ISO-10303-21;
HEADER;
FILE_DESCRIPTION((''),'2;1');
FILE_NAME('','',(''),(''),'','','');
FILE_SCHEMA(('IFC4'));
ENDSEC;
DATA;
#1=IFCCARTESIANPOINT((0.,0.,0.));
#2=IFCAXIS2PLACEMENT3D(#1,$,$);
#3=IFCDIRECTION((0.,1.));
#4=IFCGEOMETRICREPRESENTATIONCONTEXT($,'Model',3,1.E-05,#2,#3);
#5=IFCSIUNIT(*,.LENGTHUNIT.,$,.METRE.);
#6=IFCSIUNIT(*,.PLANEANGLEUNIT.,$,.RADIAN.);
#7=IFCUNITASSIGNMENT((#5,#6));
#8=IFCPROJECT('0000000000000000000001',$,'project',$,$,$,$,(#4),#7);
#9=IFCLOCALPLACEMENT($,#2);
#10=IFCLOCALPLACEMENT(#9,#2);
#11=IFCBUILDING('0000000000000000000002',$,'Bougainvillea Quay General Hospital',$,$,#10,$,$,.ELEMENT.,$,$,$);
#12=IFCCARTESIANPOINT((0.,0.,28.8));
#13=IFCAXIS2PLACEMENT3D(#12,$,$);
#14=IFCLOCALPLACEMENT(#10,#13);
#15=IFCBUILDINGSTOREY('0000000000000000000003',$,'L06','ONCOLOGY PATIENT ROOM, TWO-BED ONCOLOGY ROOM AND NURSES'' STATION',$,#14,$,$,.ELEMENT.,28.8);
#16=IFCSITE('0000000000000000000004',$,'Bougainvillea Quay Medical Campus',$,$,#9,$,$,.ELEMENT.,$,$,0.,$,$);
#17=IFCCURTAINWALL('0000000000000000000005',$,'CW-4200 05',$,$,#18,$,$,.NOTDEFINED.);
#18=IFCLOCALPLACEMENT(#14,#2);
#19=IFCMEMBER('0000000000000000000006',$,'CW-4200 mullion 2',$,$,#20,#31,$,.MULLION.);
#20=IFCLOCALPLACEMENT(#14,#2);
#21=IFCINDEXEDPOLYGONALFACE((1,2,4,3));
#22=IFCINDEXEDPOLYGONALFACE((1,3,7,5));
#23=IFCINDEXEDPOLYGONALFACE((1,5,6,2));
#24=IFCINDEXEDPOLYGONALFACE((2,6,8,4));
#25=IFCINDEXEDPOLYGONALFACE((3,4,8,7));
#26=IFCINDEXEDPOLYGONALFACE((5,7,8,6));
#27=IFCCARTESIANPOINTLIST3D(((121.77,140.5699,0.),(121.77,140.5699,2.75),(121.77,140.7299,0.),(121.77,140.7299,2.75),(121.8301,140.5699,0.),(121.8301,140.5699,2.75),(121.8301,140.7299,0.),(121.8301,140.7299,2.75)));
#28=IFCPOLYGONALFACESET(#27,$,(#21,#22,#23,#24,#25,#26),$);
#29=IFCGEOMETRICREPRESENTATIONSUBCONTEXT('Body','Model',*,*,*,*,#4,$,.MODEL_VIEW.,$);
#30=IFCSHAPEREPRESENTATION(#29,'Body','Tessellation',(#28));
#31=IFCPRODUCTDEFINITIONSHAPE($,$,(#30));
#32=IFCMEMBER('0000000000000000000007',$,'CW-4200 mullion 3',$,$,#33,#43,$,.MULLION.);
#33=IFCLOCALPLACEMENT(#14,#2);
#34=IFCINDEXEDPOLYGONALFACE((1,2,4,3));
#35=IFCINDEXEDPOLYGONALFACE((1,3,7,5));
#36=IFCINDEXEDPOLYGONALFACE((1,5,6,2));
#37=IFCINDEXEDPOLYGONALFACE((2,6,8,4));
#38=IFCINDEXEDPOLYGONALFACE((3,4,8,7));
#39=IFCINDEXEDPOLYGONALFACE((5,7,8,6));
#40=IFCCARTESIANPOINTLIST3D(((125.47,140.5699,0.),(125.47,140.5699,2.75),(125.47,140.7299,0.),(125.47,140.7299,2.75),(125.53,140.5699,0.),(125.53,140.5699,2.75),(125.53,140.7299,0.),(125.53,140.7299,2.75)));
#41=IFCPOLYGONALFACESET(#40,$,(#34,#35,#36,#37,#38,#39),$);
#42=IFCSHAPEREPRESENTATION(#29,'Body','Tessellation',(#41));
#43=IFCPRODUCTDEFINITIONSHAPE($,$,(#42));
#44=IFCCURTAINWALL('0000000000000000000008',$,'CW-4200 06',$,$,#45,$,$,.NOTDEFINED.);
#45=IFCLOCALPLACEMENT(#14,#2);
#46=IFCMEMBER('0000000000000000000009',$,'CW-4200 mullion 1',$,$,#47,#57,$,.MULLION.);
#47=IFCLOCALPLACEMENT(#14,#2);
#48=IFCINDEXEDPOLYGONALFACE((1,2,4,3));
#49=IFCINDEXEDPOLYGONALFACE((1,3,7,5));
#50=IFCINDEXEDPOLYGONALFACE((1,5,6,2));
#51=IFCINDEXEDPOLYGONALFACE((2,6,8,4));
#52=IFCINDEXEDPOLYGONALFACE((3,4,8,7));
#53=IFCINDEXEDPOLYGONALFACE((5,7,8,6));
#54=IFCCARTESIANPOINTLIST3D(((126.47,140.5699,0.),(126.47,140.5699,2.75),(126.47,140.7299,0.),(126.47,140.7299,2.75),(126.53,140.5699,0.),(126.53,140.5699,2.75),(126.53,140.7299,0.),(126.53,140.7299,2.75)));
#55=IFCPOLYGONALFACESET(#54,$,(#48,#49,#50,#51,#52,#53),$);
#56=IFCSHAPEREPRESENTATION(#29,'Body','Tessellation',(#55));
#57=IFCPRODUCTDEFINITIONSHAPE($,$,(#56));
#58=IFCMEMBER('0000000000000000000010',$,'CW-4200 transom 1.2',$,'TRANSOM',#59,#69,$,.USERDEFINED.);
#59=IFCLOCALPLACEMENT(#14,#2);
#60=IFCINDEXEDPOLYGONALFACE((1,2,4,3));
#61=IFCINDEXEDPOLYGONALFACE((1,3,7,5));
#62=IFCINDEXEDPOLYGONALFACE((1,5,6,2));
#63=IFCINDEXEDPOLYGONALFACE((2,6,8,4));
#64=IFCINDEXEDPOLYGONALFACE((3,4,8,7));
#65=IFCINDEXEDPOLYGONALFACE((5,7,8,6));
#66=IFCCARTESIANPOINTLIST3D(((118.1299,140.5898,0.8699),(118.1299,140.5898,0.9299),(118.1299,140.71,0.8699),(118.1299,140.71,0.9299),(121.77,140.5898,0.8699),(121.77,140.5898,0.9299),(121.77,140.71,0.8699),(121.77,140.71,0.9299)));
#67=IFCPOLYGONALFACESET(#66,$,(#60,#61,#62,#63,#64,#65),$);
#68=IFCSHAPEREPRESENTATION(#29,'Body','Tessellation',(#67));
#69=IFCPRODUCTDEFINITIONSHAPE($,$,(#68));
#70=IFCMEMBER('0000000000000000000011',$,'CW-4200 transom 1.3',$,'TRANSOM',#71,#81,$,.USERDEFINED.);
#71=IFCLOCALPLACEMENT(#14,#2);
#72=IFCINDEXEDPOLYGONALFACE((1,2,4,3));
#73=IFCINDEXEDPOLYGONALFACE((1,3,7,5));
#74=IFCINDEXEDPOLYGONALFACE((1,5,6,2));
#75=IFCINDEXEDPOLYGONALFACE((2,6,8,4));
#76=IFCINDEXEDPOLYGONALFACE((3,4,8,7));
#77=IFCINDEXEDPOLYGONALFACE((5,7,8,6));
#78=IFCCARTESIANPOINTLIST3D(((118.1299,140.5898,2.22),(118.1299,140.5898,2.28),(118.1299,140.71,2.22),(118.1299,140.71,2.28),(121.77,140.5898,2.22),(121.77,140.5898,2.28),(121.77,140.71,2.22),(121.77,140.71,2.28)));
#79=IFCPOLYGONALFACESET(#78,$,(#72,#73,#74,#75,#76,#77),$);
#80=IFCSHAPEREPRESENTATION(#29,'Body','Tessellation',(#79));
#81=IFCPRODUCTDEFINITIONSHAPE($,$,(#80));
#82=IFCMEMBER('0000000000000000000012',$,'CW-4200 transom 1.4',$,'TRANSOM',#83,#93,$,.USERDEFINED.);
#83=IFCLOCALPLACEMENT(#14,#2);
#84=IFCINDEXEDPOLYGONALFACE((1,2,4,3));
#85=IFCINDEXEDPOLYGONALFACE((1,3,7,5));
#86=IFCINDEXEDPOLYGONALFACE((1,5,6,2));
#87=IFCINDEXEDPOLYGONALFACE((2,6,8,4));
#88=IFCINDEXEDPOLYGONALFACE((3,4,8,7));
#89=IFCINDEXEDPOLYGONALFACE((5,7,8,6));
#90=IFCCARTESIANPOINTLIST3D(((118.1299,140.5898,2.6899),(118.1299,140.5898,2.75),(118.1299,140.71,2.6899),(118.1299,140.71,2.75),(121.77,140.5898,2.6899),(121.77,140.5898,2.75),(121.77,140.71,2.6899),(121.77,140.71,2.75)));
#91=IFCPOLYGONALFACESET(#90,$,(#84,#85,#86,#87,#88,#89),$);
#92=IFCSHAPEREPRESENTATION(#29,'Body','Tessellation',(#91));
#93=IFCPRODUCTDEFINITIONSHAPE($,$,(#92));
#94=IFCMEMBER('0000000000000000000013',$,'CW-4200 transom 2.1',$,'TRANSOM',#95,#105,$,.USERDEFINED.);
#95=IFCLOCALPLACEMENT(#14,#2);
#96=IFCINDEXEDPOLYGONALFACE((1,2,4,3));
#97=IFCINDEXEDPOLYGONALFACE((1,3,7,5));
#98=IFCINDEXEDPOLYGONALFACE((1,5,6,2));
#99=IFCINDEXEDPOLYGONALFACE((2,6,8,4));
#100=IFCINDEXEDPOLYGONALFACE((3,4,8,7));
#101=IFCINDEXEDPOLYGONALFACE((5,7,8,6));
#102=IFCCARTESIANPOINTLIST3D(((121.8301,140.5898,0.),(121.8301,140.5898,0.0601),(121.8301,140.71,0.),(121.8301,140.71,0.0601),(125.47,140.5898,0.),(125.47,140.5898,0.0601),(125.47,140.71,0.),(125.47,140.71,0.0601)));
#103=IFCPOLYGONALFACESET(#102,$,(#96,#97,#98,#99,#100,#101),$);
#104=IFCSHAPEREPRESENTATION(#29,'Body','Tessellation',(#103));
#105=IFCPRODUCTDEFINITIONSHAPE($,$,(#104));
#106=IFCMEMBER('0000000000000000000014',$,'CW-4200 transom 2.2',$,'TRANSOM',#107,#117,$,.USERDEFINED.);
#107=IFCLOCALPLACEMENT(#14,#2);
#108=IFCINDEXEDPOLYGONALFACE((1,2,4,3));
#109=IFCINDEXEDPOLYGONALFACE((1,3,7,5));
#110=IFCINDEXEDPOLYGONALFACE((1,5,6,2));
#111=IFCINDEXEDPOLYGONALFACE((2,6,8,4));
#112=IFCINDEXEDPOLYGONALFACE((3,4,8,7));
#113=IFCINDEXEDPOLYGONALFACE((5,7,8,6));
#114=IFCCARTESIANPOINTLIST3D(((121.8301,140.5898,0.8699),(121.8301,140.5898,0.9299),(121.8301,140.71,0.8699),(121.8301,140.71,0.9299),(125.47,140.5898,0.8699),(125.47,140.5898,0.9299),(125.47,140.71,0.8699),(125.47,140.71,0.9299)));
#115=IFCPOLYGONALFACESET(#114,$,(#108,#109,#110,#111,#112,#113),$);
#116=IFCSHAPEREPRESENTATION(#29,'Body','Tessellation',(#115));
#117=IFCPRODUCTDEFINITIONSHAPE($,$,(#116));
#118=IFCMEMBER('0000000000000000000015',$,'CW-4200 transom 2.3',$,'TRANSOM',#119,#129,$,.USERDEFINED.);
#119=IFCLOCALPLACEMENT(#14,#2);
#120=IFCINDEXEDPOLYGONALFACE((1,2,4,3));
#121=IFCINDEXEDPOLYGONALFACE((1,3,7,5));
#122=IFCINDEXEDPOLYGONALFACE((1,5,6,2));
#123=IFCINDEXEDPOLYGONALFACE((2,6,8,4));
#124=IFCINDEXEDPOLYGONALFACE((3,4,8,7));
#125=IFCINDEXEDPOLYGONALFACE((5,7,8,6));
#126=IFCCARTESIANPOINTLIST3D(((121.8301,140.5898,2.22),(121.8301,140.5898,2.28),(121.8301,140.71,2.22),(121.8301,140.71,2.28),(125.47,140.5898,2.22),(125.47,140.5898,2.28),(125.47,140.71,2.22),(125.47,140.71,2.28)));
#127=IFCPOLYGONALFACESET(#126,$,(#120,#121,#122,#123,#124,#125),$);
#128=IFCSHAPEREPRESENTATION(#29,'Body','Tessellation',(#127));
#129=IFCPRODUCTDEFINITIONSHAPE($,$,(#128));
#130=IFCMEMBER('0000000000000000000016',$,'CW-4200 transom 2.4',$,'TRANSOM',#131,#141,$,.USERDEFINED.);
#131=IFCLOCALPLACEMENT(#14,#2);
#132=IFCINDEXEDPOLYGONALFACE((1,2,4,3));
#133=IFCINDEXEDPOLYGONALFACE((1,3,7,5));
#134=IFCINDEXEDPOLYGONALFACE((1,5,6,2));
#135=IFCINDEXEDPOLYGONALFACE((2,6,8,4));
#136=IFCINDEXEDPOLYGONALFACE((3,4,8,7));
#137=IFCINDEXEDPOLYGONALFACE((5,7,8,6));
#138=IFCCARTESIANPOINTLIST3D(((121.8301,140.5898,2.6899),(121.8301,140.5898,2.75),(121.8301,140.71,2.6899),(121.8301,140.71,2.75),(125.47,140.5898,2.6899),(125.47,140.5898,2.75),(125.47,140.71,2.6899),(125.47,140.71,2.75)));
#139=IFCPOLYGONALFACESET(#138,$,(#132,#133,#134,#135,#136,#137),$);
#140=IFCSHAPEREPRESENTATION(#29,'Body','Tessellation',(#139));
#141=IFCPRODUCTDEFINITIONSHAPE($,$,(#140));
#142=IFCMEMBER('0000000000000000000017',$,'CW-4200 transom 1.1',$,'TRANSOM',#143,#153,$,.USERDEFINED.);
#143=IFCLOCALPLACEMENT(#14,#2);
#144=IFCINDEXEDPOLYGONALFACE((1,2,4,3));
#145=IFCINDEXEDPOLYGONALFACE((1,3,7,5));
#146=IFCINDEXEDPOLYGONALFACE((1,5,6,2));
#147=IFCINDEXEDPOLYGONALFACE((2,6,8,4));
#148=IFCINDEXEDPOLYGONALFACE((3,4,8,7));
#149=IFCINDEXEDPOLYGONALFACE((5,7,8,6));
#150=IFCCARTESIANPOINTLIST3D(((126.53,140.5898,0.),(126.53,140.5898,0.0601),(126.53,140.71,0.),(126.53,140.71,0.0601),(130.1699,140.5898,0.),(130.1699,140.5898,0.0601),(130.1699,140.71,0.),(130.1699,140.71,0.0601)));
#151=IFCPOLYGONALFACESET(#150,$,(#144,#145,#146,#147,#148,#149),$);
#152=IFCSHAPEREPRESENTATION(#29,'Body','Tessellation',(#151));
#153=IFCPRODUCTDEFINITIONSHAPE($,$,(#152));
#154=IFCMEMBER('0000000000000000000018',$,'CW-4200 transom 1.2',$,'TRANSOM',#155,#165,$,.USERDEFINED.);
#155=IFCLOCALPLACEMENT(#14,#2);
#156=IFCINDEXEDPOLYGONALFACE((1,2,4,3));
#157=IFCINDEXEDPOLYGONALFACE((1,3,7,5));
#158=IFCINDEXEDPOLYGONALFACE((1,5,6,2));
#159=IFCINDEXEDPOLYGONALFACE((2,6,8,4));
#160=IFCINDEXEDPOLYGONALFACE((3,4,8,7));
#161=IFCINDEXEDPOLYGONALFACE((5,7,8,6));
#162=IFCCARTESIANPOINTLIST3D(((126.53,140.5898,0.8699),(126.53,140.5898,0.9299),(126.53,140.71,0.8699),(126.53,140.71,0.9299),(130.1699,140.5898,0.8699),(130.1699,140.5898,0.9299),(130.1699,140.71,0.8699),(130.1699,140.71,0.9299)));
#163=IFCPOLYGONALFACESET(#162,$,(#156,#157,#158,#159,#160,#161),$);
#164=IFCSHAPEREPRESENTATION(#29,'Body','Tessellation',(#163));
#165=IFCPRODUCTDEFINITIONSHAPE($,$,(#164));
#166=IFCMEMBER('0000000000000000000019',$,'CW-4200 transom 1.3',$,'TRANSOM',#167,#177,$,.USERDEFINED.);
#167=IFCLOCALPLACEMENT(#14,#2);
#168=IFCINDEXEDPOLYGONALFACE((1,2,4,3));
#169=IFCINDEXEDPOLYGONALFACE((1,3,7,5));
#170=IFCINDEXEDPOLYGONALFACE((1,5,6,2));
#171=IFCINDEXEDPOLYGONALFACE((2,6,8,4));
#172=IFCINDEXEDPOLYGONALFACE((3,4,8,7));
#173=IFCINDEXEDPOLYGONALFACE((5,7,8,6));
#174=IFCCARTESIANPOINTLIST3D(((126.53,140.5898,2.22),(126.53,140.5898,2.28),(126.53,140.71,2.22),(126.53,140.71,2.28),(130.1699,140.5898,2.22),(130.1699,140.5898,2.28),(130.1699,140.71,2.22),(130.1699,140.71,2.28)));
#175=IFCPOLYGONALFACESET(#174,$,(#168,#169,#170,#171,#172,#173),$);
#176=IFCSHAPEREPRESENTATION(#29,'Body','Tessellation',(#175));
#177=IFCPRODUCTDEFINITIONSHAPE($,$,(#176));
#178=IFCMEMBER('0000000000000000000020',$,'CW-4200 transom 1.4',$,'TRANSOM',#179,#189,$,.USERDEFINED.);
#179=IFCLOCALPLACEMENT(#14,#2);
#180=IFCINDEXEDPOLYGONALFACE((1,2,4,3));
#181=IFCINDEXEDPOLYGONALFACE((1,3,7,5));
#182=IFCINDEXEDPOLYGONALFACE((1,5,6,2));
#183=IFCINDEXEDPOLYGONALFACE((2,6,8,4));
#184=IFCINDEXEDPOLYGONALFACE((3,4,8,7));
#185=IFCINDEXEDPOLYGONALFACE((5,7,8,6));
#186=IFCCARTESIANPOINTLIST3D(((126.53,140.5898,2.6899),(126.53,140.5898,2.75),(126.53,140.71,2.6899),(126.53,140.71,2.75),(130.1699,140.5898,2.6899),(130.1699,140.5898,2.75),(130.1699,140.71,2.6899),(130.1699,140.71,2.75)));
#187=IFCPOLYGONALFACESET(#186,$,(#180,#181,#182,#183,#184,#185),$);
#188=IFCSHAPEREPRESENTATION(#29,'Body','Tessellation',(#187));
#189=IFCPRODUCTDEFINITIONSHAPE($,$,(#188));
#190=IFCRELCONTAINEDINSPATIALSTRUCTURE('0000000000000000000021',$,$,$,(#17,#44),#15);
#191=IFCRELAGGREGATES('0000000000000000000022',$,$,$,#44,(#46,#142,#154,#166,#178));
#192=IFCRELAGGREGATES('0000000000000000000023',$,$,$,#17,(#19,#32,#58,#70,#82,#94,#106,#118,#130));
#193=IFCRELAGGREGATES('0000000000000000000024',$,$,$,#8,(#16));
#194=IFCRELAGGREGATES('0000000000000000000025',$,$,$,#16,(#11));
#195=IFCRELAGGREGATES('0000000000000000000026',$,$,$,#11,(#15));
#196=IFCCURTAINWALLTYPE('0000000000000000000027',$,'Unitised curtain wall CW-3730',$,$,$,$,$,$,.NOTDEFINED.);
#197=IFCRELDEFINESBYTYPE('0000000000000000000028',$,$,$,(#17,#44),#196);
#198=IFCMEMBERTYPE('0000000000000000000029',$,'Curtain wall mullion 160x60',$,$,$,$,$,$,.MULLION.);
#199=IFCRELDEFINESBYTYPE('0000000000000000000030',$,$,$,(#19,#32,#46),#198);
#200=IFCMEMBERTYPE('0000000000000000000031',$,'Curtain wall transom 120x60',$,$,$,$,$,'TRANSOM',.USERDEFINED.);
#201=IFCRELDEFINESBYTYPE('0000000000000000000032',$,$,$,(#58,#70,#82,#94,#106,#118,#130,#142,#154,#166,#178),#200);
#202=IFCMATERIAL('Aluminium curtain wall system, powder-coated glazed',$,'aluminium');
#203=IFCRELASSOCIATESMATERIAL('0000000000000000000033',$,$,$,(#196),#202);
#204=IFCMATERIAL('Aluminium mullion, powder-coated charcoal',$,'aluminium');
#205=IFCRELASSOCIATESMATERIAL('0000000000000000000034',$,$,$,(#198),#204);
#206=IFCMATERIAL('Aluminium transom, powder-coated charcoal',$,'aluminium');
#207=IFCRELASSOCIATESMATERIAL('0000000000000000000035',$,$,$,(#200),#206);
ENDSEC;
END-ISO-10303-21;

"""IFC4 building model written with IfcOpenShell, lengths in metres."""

from ifc_helpers import new_model, si_unit, direction, frame, origin, origin_2d, place, context, subcontext, project, spatial, rectangle, extrude, material, material_profile, profile_set, type_object, element, aggregate, save


model = new_model("IFC4")

# Units and contexts
model_context = context("Model", 3, precision=1e-05, world=origin(), true_north=direction((0.0, 1.0)))
body_context = subcontext(model_context, "Body", "Model", "MODEL_VIEW")
ifc_project = project(units=[si_unit("LENGTHUNIT", "METRE"), si_unit("PLANEANGLEUNIT", "RADIAN")], contexts=[model_context])

# Site, building, storey
site_placement = place(None, origin())
site = spatial("IfcSite", under=ifc_project, at=site_placement, Name="Bougainvillea Quay Medical Campus", CompositionType="ELEMENT", RefElevation=0.0)
building_placement = place(site_placement, origin())
building = spatial("IfcBuilding", under=site, at=building_placement, Name="Bougainvillea Quay General Hospital", CompositionType="ELEMENT")
storey_placement = place(building_placement, frame((0.0, 0.0, 28.8)))
storey = spatial("IfcBuildingStorey", under=building, at=storey_placement, Name="L06", Description="ONCOLOGY PATIENT ROOM, TWO-BED ONCOLOGY ROOM AND NURSES' STATION", CompositionType="ELEMENT", Elevation=28.8)

# Curtain wall, members
ifc_material_1 = material(Name="Aluminium curtain wall system, powder-coated glazed", Category="aluminium")
curtain_wall_type = type_object("IfcCurtainWallType", Name="Unitised curtain wall CW-3730", PredefinedType="NOTDEFINED", material=ifc_material_1)
curtain_wall_1_placement = place(storey_placement, origin())
curtain_wall_1 = element("IfcCurtainWall", 1, at=curtain_wall_1_placement, inside=storey, type_object=curtain_wall_type, Name="CW-4200 05", PredefinedType="NOTDEFINED")
ifc_material_2 = material(Name="Aluminium mullion, powder-coated charcoal", Category="aluminium")
ifc_material_profile_1 = material_profile(ifc_material_2, rectangle(XDim=0.1599, YDim=0.0601, at=origin_2d()))
ifc_profile_set_1 = profile_set([ifc_material_profile_1], Name="Aluminium mullion, powder-coated charcoal")
member_type_1 = type_object("IfcMemberType", Name="Curtain wall mullion 160x60", PredefinedType="MULLION", material=ifc_profile_set_1)
member_1_placement = place(storey_placement, frame((121.8, 140.6499, 0.0), z_axis=(0.0, 0.0, 1.0), x_axis=(0.0, 1.0, 0.0)))
member_1 = element("IfcMember", 2, at=member_1_placement, type_object=member_type_1, Name="CW-4200 mullion 2", PredefinedType="MULLION", context=body_context, shape_type="SweptSolid", body=[
    extrude(rectangle(XDim=0.1599, YDim=0.0601, at=origin_2d()), origin(), (0.0, 0.0, 1.0), 2.75),
])
member_2_placement = place(storey_placement, frame((125.5, 140.6499, 0.0), z_axis=(0.0, 0.0, 1.0), x_axis=(0.0, 1.0, 0.0)))
member_2 = element("IfcMember", 3, at=member_2_placement, type_object=member_type_1, Name="CW-4200 mullion 3", PredefinedType="MULLION", context=body_context, shape_type="SweptSolid", body=[
    extrude(rectangle(XDim=0.1599, YDim=0.0601, at=origin_2d()), origin(), (0.0, 0.0, 1.0), 2.75),
])

# Curtain wall, member
curtain_wall_2_placement = place(storey_placement, origin())
curtain_wall_2 = element("IfcCurtainWall", 4, at=curtain_wall_2_placement, inside=storey, type_object=curtain_wall_type, Name="CW-4200 06", PredefinedType="NOTDEFINED")
member_3_placement = place(storey_placement, frame((126.5, 140.6499, 0.0), z_axis=(0.0, 0.0, 1.0), x_axis=(0.0, 1.0, 0.0)))
member_3 = element("IfcMember", 5, at=member_3_placement, type_object=member_type_1, Name="CW-4200 mullion 1", PredefinedType="MULLION", context=body_context, shape_type="SweptSolid", body=[
    extrude(rectangle(XDim=0.1599, YDim=0.0601, at=origin_2d()), origin(), (0.0, 0.0, 1.0), 2.75),
])

# Members
ifc_material_3 = material(Name="Aluminium transom, powder-coated charcoal", Category="aluminium")
ifc_material_profile_2 = material_profile(ifc_material_3, rectangle(XDim=0.1201, YDim=0.0601, at=origin_2d()))
ifc_profile_set_2 = profile_set([ifc_material_profile_2], Name="Aluminium transom, powder-coated charcoal")
member_type_2 = type_object("IfcMemberType", Name="Curtain wall transom 120x60", ElementType="TRANSOM", PredefinedType="USERDEFINED", material=ifc_profile_set_2)
member_4_placement = place(storey_placement, frame((118.1299, 140.6499, 0.8999), z_axis=(1.0, 0.0, 0.0), x_axis=(0.0, 1.0, 0.0)))
member_4 = element("IfcMember", 6, at=member_4_placement, type_object=member_type_2, Name="CW-4200 transom 1.2", ObjectType="TRANSOM", PredefinedType="USERDEFINED", context=body_context, shape_type="SweptSolid", body=[
    extrude(rectangle(XDim=0.1201, YDim=0.0601, at=origin_2d()), origin(), (0.0, 0.0, 1.0), 3.6401),
])
member_5_placement = place(storey_placement, frame((118.1299, 140.6499, 2.25), z_axis=(1.0, 0.0, 0.0), x_axis=(0.0, 1.0, 0.0)))
member_5 = element("IfcMember", 7, at=member_5_placement, type_object=member_type_2, Name="CW-4200 transom 1.3", ObjectType="TRANSOM", PredefinedType="USERDEFINED", context=body_context, shape_type="SweptSolid", body=[
    extrude(rectangle(XDim=0.1201, YDim=0.0601, at=origin_2d()), origin(), (0.0, 0.0, 1.0), 3.6401),
])
member_6_placement = place(storey_placement, frame((118.1299, 140.6499, 2.72), z_axis=(1.0, 0.0, 0.0), x_axis=(0.0, 1.0, 0.0)))
member_6 = element("IfcMember", 8, at=member_6_placement, type_object=member_type_2, Name="CW-4200 transom 1.4", ObjectType="TRANSOM", PredefinedType="USERDEFINED", context=body_context, shape_type="SweptSolid", body=[
    extrude(rectangle(XDim=0.1201, YDim=0.0601, at=origin_2d()), origin(), (0.0, 0.0, 1.0), 3.6401),
])
member_7_placement = place(storey_placement, frame((121.8301, 140.6499, 0.03), z_axis=(1.0, 0.0, 0.0), x_axis=(0.0, 1.0, 0.0)))
member_7 = element("IfcMember", 9, at=member_7_placement, type_object=member_type_2, Name="CW-4200 transom 2.1", ObjectType="TRANSOM", PredefinedType="USERDEFINED", context=body_context, shape_type="SweptSolid", body=[
    extrude(rectangle(XDim=0.1201, YDim=0.0601, at=origin_2d()), origin(), (0.0, 0.0, 1.0), 3.6399),
])
member_8_placement = place(storey_placement, frame((121.8301, 140.6499, 0.8999), z_axis=(1.0, 0.0, 0.0), x_axis=(0.0, 1.0, 0.0)))
member_8 = element("IfcMember", 10, at=member_8_placement, type_object=member_type_2, Name="CW-4200 transom 2.2", ObjectType="TRANSOM", PredefinedType="USERDEFINED", context=body_context, shape_type="SweptSolid", body=[
    extrude(rectangle(XDim=0.1201, YDim=0.0601, at=origin_2d()), origin(), (0.0, 0.0, 1.0), 3.6399),
])
member_9_placement = place(storey_placement, frame((121.8301, 140.6499, 2.25), z_axis=(1.0, 0.0, 0.0), x_axis=(0.0, 1.0, 0.0)))
member_9 = element("IfcMember", 11, at=member_9_placement, type_object=member_type_2, Name="CW-4200 transom 2.3", ObjectType="TRANSOM", PredefinedType="USERDEFINED", context=body_context, shape_type="SweptSolid", body=[
    extrude(rectangle(XDim=0.1201, YDim=0.0601, at=origin_2d()), origin(), (0.0, 0.0, 1.0), 3.6399),
])
member_10_placement = place(storey_placement, frame((121.8301, 140.6499, 2.72), z_axis=(1.0, 0.0, 0.0), x_axis=(0.0, 1.0, 0.0)))
member_10 = element("IfcMember", 12, at=member_10_placement, type_object=member_type_2, Name="CW-4200 transom 2.4", ObjectType="TRANSOM", PredefinedType="USERDEFINED", context=body_context, shape_type="SweptSolid", body=[
    extrude(rectangle(XDim=0.1201, YDim=0.0601, at=origin_2d()), origin(), (0.0, 0.0, 1.0), 3.6399),
])
member_11_placement = place(storey_placement, frame((126.53, 140.6499, 0.03), z_axis=(1.0, 0.0, 0.0), x_axis=(0.0, 1.0, 0.0)))
member_11 = element("IfcMember", 13, at=member_11_placement, type_object=member_type_2, Name="CW-4200 transom 1.1", ObjectType="TRANSOM", PredefinedType="USERDEFINED", context=body_context, shape_type="SweptSolid", body=[
    extrude(rectangle(XDim=0.1201, YDim=0.0601, at=origin_2d()), origin(), (0.0, 0.0, 1.0), 3.6399),
])
member_12_placement = place(storey_placement, frame((126.53, 140.6499, 0.8999), z_axis=(1.0, 0.0, 0.0), x_axis=(0.0, 1.0, 0.0)))
member_12 = element("IfcMember", 14, at=member_12_placement, type_object=member_type_2, Name="CW-4200 transom 1.2", ObjectType="TRANSOM", PredefinedType="USERDEFINED", context=body_context, shape_type="SweptSolid", body=[
    extrude(rectangle(XDim=0.1201, YDim=0.0601, at=origin_2d()), origin(), (0.0, 0.0, 1.0), 3.6399),
])
member_13_placement = place(storey_placement, frame((126.53, 140.6499, 2.25), z_axis=(1.0, 0.0, 0.0), x_axis=(0.0, 1.0, 0.0)))
member_13 = element("IfcMember", 15, at=member_13_placement, type_object=member_type_2, Name="CW-4200 transom 1.3", ObjectType="TRANSOM", PredefinedType="USERDEFINED", context=body_context, shape_type="SweptSolid", body=[
    extrude(rectangle(XDim=0.1201, YDim=0.0601, at=origin_2d()), origin(), (0.0, 0.0, 1.0), 3.6399),
])
member_14_placement = place(storey_placement, frame((126.53, 140.6499, 2.72), z_axis=(1.0, 0.0, 0.0), x_axis=(0.0, 1.0, 0.0)))
member_14 = element("IfcMember", 16, at=member_14_placement, type_object=member_type_2, Name="CW-4200 transom 1.4", ObjectType="TRANSOM", PredefinedType="USERDEFINED", context=body_context, shape_type="SweptSolid", body=[
    extrude(rectangle(XDim=0.1201, YDim=0.0601, at=origin_2d()), origin(), (0.0, 0.0, 1.0), 3.6399),
])

aggregate(curtain_wall_2, [member_3, member_11, member_12, member_13, member_14])
aggregate(curtain_wall_1, [member_1, member_2, member_4, member_5, member_6, member_7, member_8, member_9, member_10])

save(model, "model.ifc")
